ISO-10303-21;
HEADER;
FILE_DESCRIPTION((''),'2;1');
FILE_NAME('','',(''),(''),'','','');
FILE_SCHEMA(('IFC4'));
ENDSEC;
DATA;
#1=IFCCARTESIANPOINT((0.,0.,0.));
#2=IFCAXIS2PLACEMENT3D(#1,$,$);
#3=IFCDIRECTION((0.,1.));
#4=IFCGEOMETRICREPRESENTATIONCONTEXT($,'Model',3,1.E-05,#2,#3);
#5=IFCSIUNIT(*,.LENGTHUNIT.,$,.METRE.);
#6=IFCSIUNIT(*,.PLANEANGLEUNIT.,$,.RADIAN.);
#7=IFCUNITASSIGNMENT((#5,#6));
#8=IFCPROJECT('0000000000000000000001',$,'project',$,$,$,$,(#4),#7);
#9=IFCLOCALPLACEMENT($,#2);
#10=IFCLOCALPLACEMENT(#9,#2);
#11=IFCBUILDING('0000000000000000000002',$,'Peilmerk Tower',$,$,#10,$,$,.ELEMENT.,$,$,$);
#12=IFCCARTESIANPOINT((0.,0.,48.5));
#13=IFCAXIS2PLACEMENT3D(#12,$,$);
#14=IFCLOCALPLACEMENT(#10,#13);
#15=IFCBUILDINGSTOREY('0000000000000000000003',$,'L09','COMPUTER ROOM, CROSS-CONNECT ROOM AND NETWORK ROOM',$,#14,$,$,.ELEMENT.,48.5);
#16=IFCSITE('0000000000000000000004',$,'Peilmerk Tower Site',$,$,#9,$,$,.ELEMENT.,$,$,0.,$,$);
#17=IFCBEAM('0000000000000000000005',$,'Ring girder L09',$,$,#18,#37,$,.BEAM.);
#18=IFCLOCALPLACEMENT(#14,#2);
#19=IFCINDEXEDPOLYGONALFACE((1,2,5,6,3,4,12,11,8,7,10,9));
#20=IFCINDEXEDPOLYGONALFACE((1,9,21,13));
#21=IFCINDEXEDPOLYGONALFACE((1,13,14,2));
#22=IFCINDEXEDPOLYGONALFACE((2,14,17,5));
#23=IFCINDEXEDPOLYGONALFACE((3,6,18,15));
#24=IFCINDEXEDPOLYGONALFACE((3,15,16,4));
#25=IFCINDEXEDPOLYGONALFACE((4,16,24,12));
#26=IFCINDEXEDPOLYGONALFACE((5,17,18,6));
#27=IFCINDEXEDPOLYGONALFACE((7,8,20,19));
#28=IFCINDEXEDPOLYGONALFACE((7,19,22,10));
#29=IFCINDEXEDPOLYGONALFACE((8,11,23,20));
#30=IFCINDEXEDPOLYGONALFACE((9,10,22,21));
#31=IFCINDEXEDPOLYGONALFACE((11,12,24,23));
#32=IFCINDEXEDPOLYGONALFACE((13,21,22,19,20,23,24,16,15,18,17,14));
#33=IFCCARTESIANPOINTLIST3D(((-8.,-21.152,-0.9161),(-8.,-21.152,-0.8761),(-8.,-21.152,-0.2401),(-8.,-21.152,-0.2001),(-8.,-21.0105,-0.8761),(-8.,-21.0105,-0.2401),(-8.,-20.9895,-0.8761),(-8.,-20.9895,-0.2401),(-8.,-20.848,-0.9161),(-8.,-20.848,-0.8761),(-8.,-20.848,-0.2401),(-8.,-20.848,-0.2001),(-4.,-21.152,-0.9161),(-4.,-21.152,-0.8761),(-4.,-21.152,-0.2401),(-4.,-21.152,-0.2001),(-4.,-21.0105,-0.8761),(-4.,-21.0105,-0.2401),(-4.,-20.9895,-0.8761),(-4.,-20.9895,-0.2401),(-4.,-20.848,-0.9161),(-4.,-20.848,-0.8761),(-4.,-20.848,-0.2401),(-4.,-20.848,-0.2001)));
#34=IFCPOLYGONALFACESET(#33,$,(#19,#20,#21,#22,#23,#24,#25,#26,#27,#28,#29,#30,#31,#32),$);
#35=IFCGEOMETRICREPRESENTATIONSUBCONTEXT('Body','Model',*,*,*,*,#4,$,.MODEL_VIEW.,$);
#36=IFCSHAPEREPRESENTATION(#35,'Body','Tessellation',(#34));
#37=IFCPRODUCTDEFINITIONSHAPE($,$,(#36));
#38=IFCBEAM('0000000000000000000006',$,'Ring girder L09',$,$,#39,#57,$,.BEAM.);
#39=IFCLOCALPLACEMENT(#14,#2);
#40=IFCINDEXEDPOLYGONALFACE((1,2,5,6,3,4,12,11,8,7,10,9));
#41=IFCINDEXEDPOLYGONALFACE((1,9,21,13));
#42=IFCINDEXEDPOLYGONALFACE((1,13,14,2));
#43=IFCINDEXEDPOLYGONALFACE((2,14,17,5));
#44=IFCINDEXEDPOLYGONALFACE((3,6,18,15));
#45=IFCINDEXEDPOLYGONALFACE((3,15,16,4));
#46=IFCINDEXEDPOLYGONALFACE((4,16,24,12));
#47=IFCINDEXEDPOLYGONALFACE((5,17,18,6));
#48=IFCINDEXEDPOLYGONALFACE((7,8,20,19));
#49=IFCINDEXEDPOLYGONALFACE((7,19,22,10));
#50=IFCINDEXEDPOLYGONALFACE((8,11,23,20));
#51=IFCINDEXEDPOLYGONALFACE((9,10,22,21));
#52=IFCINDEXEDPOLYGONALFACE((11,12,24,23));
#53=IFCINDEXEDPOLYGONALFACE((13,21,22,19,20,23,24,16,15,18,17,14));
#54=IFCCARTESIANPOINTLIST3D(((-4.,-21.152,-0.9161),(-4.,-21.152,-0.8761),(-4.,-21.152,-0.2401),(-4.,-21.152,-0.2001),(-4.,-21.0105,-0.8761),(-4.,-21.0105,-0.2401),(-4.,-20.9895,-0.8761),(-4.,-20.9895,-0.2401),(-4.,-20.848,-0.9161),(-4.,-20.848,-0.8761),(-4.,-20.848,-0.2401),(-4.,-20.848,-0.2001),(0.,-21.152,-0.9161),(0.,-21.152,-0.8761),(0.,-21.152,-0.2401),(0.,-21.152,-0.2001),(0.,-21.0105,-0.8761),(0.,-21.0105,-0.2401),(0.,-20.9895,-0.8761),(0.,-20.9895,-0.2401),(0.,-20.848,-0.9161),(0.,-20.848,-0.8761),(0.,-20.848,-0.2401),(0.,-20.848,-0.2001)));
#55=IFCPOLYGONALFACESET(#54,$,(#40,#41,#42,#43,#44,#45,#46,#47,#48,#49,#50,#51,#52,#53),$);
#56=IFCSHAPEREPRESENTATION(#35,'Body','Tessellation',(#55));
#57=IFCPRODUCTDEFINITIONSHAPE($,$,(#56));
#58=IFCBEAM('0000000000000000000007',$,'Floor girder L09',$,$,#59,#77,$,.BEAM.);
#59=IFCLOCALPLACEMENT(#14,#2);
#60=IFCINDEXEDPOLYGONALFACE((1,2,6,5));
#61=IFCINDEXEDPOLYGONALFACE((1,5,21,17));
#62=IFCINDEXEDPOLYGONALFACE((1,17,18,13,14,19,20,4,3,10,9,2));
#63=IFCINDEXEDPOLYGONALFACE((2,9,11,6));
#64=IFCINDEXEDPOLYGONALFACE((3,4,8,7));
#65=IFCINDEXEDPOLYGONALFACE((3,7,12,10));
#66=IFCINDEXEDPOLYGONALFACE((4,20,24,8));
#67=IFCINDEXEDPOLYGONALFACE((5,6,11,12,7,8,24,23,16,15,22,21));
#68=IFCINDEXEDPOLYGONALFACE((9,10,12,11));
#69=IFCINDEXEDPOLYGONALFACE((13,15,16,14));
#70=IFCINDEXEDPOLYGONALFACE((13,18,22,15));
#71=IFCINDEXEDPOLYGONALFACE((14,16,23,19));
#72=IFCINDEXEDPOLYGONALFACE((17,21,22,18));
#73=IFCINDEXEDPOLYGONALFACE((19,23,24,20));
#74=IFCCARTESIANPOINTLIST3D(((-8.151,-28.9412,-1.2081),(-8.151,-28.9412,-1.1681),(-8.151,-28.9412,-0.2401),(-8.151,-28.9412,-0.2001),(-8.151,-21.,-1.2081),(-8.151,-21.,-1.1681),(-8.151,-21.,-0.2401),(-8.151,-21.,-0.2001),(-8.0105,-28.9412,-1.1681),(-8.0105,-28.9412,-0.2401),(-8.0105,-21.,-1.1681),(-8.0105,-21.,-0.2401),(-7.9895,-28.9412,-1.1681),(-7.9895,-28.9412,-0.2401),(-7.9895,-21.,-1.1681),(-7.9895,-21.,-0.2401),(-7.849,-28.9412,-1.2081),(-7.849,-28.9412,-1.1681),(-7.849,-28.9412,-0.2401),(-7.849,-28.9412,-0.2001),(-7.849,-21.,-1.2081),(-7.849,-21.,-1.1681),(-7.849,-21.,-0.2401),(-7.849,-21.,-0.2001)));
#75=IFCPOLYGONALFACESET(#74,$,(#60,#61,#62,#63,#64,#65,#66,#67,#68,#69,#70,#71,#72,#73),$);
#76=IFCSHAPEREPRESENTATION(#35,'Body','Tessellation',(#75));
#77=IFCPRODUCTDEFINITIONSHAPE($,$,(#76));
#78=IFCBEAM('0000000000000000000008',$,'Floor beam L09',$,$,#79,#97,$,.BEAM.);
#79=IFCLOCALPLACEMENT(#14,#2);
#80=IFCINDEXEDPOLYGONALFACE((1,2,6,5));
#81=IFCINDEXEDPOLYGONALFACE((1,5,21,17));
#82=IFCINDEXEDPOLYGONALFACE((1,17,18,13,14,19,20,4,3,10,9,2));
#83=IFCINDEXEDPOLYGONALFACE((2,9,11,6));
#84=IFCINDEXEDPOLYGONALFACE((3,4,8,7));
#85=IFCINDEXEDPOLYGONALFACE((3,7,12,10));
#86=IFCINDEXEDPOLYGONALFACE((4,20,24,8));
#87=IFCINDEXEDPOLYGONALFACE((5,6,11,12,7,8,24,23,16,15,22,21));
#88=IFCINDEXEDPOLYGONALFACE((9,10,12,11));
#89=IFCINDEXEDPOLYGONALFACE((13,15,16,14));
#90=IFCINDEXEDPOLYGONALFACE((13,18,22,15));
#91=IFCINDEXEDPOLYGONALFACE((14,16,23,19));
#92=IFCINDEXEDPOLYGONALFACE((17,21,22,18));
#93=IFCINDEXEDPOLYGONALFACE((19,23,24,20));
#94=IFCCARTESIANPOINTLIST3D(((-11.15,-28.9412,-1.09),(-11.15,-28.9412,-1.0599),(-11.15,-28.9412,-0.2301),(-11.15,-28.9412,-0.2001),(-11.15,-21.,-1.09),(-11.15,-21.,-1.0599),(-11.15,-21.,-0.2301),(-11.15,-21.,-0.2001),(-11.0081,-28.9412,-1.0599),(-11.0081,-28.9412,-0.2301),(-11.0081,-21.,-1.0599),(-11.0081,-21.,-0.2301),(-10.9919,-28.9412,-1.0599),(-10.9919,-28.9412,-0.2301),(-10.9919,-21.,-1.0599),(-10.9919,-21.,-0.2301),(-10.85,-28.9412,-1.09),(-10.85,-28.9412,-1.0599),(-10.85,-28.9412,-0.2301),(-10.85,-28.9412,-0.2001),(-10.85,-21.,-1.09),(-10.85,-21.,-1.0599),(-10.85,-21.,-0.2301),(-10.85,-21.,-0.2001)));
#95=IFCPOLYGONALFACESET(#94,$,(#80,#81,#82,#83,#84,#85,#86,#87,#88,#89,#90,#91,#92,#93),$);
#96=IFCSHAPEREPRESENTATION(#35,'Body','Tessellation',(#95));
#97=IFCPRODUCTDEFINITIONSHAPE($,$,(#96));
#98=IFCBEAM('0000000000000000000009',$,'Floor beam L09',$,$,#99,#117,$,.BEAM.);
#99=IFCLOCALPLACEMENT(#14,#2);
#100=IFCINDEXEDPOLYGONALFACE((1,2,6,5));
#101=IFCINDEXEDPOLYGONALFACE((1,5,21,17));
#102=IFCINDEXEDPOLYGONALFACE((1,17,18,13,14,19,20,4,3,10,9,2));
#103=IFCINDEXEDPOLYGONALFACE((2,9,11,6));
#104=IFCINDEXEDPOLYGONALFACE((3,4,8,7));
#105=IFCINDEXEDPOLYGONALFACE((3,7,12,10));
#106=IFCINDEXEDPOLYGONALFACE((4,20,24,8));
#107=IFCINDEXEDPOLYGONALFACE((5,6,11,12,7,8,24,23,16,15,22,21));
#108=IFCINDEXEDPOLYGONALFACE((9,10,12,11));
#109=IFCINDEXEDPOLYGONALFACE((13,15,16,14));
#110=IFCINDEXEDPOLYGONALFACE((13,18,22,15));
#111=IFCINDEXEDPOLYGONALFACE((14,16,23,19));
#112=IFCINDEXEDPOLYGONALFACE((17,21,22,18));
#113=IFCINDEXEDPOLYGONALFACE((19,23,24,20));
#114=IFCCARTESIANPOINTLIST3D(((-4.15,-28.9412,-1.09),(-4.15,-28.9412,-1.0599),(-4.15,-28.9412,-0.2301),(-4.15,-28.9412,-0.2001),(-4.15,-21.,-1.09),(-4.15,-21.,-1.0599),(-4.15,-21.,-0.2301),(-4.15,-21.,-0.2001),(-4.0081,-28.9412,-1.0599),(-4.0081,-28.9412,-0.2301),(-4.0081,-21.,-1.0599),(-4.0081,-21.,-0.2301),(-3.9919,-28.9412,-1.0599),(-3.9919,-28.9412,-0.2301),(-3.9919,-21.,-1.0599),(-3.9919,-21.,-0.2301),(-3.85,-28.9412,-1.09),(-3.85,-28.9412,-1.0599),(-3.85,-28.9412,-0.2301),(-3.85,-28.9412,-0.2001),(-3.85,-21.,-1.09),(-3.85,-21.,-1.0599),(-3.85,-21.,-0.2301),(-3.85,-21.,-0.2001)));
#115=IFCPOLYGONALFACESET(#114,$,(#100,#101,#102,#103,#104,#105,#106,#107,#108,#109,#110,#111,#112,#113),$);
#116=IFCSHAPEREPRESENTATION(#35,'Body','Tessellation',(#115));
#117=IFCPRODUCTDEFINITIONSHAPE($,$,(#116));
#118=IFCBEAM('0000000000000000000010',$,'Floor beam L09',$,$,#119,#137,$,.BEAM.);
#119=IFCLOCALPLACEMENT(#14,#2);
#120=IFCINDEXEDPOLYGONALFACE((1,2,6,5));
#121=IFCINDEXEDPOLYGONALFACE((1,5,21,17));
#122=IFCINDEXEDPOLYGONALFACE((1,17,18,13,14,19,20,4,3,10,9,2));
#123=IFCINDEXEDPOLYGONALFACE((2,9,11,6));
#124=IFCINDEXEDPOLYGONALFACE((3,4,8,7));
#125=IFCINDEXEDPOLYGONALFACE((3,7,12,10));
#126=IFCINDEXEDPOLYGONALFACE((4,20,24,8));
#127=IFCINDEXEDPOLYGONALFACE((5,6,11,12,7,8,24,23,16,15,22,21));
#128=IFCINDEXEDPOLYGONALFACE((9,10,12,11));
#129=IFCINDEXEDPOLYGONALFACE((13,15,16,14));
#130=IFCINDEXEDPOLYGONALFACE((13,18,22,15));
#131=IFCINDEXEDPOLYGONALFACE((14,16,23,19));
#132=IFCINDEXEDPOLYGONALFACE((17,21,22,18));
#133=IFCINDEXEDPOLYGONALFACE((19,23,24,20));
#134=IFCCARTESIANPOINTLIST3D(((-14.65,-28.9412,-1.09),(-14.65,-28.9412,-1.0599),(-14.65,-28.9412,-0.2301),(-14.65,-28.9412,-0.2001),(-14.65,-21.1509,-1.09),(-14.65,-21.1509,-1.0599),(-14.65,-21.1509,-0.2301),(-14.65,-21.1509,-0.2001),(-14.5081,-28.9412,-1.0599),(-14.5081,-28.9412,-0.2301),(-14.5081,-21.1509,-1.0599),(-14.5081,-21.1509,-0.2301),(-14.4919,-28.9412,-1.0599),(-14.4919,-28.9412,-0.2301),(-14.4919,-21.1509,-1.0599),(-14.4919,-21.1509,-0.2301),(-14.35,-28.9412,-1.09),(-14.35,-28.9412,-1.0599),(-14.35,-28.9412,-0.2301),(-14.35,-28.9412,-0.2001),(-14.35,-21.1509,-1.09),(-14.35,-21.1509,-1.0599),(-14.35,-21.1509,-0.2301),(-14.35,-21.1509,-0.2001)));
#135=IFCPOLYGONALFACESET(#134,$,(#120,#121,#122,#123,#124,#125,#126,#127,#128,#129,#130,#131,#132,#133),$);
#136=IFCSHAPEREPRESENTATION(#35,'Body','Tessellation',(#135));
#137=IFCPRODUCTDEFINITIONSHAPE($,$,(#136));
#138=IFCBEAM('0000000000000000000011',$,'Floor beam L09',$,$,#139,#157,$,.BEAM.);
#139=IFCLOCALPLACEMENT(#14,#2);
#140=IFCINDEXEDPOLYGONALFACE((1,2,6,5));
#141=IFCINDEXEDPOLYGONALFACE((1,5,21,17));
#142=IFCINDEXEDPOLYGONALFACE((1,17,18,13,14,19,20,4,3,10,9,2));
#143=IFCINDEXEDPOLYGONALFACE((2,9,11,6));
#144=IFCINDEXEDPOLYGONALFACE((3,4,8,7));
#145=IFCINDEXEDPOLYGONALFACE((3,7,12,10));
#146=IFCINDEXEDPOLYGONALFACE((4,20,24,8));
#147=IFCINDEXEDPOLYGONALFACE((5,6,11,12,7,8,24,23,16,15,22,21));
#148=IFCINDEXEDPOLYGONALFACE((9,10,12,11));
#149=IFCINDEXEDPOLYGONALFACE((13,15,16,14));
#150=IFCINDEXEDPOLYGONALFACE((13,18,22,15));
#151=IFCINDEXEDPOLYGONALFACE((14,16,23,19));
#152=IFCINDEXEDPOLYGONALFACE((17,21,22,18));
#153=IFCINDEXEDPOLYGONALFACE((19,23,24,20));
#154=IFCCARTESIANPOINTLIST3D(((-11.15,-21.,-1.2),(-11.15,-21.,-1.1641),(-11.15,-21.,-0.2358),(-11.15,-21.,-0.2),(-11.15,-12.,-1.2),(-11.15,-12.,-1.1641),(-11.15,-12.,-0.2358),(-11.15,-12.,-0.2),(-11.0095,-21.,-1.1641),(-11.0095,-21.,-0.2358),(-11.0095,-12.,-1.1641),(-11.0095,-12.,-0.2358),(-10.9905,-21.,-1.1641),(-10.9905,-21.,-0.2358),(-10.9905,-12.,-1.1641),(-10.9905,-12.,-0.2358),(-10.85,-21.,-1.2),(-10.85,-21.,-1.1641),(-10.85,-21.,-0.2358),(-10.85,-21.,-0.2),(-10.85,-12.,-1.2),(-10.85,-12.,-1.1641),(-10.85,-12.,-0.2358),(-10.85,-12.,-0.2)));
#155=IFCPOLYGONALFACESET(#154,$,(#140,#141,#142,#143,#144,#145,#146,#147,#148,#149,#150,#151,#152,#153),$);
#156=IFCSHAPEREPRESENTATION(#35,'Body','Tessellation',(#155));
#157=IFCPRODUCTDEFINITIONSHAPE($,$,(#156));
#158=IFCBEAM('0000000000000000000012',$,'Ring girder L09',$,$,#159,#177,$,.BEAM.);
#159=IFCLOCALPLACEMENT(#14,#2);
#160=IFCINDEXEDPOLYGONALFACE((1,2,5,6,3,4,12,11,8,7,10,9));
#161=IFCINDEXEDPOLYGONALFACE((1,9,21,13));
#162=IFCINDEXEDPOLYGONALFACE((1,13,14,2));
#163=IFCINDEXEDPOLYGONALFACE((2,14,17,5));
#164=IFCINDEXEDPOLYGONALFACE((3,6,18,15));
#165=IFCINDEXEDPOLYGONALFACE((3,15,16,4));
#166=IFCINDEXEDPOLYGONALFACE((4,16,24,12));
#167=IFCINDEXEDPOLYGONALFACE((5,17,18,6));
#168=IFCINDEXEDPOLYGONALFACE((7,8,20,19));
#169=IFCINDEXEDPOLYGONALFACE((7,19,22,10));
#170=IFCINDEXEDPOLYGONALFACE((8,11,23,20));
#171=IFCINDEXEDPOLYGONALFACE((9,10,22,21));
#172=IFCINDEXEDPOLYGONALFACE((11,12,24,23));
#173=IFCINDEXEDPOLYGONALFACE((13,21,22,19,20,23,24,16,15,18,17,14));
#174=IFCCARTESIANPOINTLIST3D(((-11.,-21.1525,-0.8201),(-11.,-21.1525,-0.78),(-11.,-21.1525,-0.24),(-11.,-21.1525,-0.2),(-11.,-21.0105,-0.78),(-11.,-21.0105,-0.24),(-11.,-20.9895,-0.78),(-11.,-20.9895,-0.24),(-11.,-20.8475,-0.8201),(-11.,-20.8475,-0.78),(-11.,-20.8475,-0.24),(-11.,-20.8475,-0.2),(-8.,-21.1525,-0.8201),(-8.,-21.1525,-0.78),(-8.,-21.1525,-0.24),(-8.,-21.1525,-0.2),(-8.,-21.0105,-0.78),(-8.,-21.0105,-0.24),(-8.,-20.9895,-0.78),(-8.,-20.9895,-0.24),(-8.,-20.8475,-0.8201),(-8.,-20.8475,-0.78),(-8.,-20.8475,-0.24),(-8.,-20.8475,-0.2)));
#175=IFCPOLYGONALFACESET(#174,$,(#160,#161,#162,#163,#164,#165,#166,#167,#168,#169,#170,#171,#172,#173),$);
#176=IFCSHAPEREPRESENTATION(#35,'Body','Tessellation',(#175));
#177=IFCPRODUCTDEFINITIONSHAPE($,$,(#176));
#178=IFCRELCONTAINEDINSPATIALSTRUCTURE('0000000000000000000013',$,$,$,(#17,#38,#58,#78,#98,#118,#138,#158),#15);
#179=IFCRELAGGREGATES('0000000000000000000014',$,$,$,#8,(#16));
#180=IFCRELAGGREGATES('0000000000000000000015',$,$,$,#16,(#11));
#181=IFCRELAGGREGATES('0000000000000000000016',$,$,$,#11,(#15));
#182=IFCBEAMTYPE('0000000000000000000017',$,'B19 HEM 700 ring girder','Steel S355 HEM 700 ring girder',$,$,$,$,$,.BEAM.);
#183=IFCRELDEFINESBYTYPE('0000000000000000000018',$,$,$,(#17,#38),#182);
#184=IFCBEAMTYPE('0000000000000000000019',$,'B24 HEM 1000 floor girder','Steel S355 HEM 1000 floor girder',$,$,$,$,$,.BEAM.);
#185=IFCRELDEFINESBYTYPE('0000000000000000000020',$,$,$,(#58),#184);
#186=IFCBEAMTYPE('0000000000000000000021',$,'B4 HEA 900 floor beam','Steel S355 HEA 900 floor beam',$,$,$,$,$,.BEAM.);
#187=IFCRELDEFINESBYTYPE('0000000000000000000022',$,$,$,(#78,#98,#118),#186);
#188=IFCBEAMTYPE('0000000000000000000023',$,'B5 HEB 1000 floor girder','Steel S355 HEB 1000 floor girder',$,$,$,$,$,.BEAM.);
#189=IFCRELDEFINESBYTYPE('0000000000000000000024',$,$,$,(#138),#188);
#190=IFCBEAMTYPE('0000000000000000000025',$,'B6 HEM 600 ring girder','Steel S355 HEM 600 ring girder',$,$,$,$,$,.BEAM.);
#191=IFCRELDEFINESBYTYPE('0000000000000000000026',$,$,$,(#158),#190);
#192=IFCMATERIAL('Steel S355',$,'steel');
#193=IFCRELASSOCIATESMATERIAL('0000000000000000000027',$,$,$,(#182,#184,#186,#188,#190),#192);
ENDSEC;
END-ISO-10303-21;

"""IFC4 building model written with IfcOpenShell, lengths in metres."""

from ifc_helpers import new_model, si_unit, direction, frame, origin, origin_2d, place, context, subcontext, project, spatial, i_section, extrude, material, material_profile, profile_set, type_object, element, save


model = new_model("IFC4")

# Units and contexts
model_context = context("Model", 3, precision=1e-05, world=origin(), true_north=direction((0.0, 1.0)))
body_context = subcontext(model_context, "Body", "Model", "MODEL_VIEW")
ifc_project = project(units=[si_unit("LENGTHUNIT", "METRE"), si_unit("PLANEANGLEUNIT", "RADIAN")], contexts=[model_context])

# Site, building, storey
site_placement = place(None, origin())
site = spatial("IfcSite", under=ifc_project, at=site_placement, Name="Peilmerk Tower Site", CompositionType="ELEMENT", RefElevation=0.0)
building_placement = place(site_placement, origin())
building = spatial("IfcBuilding", under=site, at=building_placement, Name="Peilmerk Tower", CompositionType="ELEMENT")
storey_placement = place(building_placement, frame((0.0, 0.0, 48.5)))
storey = spatial("IfcBuildingStorey", under=building, at=storey_placement, Name="L09", Description="COMPUTER ROOM, CROSS-CONNECT ROOM AND NETWORK ROOM", CompositionType="ELEMENT", Elevation=48.5)

# Beams
ifc_material_1 = material(Name="Steel S355", Category="steel")
ifc_material_profile_1 = material_profile(ifc_material_1, i_section(OverallWidth=0.304, OverallDepth=0.7161, WebThickness=0.021, FlangeThickness=0.04, at=origin_2d()), Name="HEM 700")
ifc_profile_set_1 = profile_set([ifc_material_profile_1], Name="Steel S355")
beam_type_1 = type_object("IfcBeamType", Name="B19 HEM 700 ring girder", Description="Steel S355 HEM 700 ring girder", PredefinedType="BEAM", material=ifc_profile_set_1)
for number, where, z_axis, x_axis, name in (
    (1, (-8.0, -21.0, -0.5581), (1.0, 0.0, 0.0), (0.0, 1.0, 0.0), "Ring girder L09"),
    (2, (-4.0, -21.0, -0.5581), (1.0, 0.0, 0.0), (0.0, 1.0, 0.0), "Ring girder L09"),
):
    element("IfcBeam", number, at=place(storey_placement, frame(where, z_axis=z_axis, x_axis=x_axis)), inside=storey, type_object=beam_type_1, Name=name, PredefinedType="BEAM", context=body_context, shape_type="SweptSolid", body=[
        extrude(i_section(OverallWidth=0.304, OverallDepth=0.7161, WebThickness=0.021, FlangeThickness=0.04, at=origin_2d()), origin(), (0.0, 0.0, 1.0), 4.0),
    ])
ifc_material_profile_2 = material_profile(ifc_material_1, i_section(OverallWidth=0.302, OverallDepth=1.0081, WebThickness=0.021, FlangeThickness=0.04, at=origin_2d()), Name="HEM 1000")
ifc_profile_set_2 = profile_set([ifc_material_profile_2], Name="Steel S355")
beam_type_2 = type_object("IfcBeamType", Name="B24 HEM 1000 floor girder", Description="Steel S355 HEM 1000 floor girder", PredefinedType="BEAM", material=ifc_profile_set_2)
beam_1_placement = place(storey_placement, frame((-8.0, -21.0, -0.7041), z_axis=(0.0, -1.0, 0.0), x_axis=(1.0, 0.0, 0.0)))
element("IfcBeam", 3, at=beam_1_placement, inside=storey, type_object=beam_type_2, Name="Floor girder L09", PredefinedType="BEAM", context=body_context, shape_type="SweptSolid", body=[
    extrude(i_section(OverallWidth=0.302, OverallDepth=1.0081, WebThickness=0.021, FlangeThickness=0.04, at=origin_2d()), origin(), (0.0, 0.0, 1.0), 7.9412),
])
ifc_material_profile_3 = material_profile(ifc_material_1, i_section(OverallWidth=0.3, OverallDepth=0.8899, WebThickness=0.0161, FlangeThickness=0.03, at=origin_2d()), Name="HEA 900")
ifc_profile_set_3 = profile_set([ifc_material_profile_3], Name="Steel S355")
beam_type_3 = type_object("IfcBeamType", Name="B4 HEA 900 floor beam", Description="Steel S355 HEA 900 floor beam", PredefinedType="BEAM", material=ifc_profile_set_3)
for number, where, z_axis, x_axis, name in (
    (4, (-11.0, -21.0, -0.645), (0.0, -1.0, 0.0), (1.0, 0.0, 0.0), "Floor beam L09"),
    (5, (-4.0, -21.0, -0.645), (0.0, -1.0, 0.0), (1.0, 0.0, 0.0), "Floor beam L09"),
):
    element("IfcBeam", number, at=place(storey_placement, frame(where, z_axis=z_axis, x_axis=x_axis)), inside=storey, type_object=beam_type_3, Name=name, PredefinedType="BEAM", context=body_context, shape_type="SweptSolid", body=[
        extrude(i_section(OverallWidth=0.3, OverallDepth=0.8899, WebThickness=0.0161, FlangeThickness=0.03, at=origin_2d()), origin(), (0.0, 0.0, 1.0), 7.9412),
    ])
beam_2_placement = place(storey_placement, frame((-14.5, -21.1509, -0.645), z_axis=(0.0, -1.0, 0.0), x_axis=(1.0, 0.0, 0.0)))
element("IfcBeam", 6, at=beam_2_placement, inside=storey, type_object=beam_type_3, Name="Floor beam L09", PredefinedType="BEAM", context=body_context, shape_type="SweptSolid", body=[
    extrude(i_section(OverallWidth=0.3, OverallDepth=0.8899, WebThickness=0.0161, FlangeThickness=0.03, at=origin_2d()), origin(), (0.0, 0.0, 1.0), 7.7903),
])
ifc_material_profile_4 = material_profile(ifc_material_1, i_section(OverallWidth=0.3, OverallDepth=1.0, WebThickness=0.019, FlangeThickness=0.0359, at=origin_2d()), Name="HEB 1000")
ifc_profile_set_4 = profile_set([ifc_material_profile_4], Name="Steel S355")
beam_type_4 = type_object("IfcBeamType", Name="B5 HEB 1000 floor girder", Description="Steel S355 HEB 1000 floor girder", PredefinedType="BEAM", material=ifc_profile_set_4)
beam_3_placement = place(storey_placement, frame((-11.0, -12.0, -0.7), z_axis=(0.0, -1.0, 0.0), x_axis=(1.0, 0.0, 0.0)))
element("IfcBeam", 7, at=beam_3_placement, inside=storey, type_object=beam_type_4, Name="Floor beam L09", PredefinedType="BEAM", context=body_context, shape_type="SweptSolid", body=[
    extrude(i_section(OverallWidth=0.3, OverallDepth=1.0, WebThickness=0.019, FlangeThickness=0.0359, at=origin_2d()), origin(), (0.0, 0.0, 1.0), 9.0),
])
ifc_material_profile_5 = material_profile(ifc_material_1, i_section(OverallWidth=0.3049, OverallDepth=0.6201, WebThickness=0.021, FlangeThickness=0.04, at=origin_2d()), Name="HEM 600")
ifc_profile_set_5 = profile_set([ifc_material_profile_5], Name="Steel S355")
beam_type_5 = type_object("IfcBeamType", Name="B6 HEM 600 ring girder", Description="Steel S355 HEM 600 ring girder", PredefinedType="BEAM", material=ifc_profile_set_5)
beam_4_placement = place(storey_placement, frame((-11.0, -21.0, -0.51), z_axis=(1.0, 0.0, 0.0), x_axis=(0.0, 1.0, 0.0)))
element("IfcBeam", 8, at=beam_4_placement, inside=storey, type_object=beam_type_5, Name="Ring girder L09", PredefinedType="BEAM", context=body_context, shape_type="SweptSolid", body=[
    extrude(i_section(OverallWidth=0.3049, OverallDepth=0.6201, WebThickness=0.021, FlangeThickness=0.04, at=origin_2d()), origin(), (0.0, 0.0, 1.0), 3.0),
])

save(model, "model.ifc")
